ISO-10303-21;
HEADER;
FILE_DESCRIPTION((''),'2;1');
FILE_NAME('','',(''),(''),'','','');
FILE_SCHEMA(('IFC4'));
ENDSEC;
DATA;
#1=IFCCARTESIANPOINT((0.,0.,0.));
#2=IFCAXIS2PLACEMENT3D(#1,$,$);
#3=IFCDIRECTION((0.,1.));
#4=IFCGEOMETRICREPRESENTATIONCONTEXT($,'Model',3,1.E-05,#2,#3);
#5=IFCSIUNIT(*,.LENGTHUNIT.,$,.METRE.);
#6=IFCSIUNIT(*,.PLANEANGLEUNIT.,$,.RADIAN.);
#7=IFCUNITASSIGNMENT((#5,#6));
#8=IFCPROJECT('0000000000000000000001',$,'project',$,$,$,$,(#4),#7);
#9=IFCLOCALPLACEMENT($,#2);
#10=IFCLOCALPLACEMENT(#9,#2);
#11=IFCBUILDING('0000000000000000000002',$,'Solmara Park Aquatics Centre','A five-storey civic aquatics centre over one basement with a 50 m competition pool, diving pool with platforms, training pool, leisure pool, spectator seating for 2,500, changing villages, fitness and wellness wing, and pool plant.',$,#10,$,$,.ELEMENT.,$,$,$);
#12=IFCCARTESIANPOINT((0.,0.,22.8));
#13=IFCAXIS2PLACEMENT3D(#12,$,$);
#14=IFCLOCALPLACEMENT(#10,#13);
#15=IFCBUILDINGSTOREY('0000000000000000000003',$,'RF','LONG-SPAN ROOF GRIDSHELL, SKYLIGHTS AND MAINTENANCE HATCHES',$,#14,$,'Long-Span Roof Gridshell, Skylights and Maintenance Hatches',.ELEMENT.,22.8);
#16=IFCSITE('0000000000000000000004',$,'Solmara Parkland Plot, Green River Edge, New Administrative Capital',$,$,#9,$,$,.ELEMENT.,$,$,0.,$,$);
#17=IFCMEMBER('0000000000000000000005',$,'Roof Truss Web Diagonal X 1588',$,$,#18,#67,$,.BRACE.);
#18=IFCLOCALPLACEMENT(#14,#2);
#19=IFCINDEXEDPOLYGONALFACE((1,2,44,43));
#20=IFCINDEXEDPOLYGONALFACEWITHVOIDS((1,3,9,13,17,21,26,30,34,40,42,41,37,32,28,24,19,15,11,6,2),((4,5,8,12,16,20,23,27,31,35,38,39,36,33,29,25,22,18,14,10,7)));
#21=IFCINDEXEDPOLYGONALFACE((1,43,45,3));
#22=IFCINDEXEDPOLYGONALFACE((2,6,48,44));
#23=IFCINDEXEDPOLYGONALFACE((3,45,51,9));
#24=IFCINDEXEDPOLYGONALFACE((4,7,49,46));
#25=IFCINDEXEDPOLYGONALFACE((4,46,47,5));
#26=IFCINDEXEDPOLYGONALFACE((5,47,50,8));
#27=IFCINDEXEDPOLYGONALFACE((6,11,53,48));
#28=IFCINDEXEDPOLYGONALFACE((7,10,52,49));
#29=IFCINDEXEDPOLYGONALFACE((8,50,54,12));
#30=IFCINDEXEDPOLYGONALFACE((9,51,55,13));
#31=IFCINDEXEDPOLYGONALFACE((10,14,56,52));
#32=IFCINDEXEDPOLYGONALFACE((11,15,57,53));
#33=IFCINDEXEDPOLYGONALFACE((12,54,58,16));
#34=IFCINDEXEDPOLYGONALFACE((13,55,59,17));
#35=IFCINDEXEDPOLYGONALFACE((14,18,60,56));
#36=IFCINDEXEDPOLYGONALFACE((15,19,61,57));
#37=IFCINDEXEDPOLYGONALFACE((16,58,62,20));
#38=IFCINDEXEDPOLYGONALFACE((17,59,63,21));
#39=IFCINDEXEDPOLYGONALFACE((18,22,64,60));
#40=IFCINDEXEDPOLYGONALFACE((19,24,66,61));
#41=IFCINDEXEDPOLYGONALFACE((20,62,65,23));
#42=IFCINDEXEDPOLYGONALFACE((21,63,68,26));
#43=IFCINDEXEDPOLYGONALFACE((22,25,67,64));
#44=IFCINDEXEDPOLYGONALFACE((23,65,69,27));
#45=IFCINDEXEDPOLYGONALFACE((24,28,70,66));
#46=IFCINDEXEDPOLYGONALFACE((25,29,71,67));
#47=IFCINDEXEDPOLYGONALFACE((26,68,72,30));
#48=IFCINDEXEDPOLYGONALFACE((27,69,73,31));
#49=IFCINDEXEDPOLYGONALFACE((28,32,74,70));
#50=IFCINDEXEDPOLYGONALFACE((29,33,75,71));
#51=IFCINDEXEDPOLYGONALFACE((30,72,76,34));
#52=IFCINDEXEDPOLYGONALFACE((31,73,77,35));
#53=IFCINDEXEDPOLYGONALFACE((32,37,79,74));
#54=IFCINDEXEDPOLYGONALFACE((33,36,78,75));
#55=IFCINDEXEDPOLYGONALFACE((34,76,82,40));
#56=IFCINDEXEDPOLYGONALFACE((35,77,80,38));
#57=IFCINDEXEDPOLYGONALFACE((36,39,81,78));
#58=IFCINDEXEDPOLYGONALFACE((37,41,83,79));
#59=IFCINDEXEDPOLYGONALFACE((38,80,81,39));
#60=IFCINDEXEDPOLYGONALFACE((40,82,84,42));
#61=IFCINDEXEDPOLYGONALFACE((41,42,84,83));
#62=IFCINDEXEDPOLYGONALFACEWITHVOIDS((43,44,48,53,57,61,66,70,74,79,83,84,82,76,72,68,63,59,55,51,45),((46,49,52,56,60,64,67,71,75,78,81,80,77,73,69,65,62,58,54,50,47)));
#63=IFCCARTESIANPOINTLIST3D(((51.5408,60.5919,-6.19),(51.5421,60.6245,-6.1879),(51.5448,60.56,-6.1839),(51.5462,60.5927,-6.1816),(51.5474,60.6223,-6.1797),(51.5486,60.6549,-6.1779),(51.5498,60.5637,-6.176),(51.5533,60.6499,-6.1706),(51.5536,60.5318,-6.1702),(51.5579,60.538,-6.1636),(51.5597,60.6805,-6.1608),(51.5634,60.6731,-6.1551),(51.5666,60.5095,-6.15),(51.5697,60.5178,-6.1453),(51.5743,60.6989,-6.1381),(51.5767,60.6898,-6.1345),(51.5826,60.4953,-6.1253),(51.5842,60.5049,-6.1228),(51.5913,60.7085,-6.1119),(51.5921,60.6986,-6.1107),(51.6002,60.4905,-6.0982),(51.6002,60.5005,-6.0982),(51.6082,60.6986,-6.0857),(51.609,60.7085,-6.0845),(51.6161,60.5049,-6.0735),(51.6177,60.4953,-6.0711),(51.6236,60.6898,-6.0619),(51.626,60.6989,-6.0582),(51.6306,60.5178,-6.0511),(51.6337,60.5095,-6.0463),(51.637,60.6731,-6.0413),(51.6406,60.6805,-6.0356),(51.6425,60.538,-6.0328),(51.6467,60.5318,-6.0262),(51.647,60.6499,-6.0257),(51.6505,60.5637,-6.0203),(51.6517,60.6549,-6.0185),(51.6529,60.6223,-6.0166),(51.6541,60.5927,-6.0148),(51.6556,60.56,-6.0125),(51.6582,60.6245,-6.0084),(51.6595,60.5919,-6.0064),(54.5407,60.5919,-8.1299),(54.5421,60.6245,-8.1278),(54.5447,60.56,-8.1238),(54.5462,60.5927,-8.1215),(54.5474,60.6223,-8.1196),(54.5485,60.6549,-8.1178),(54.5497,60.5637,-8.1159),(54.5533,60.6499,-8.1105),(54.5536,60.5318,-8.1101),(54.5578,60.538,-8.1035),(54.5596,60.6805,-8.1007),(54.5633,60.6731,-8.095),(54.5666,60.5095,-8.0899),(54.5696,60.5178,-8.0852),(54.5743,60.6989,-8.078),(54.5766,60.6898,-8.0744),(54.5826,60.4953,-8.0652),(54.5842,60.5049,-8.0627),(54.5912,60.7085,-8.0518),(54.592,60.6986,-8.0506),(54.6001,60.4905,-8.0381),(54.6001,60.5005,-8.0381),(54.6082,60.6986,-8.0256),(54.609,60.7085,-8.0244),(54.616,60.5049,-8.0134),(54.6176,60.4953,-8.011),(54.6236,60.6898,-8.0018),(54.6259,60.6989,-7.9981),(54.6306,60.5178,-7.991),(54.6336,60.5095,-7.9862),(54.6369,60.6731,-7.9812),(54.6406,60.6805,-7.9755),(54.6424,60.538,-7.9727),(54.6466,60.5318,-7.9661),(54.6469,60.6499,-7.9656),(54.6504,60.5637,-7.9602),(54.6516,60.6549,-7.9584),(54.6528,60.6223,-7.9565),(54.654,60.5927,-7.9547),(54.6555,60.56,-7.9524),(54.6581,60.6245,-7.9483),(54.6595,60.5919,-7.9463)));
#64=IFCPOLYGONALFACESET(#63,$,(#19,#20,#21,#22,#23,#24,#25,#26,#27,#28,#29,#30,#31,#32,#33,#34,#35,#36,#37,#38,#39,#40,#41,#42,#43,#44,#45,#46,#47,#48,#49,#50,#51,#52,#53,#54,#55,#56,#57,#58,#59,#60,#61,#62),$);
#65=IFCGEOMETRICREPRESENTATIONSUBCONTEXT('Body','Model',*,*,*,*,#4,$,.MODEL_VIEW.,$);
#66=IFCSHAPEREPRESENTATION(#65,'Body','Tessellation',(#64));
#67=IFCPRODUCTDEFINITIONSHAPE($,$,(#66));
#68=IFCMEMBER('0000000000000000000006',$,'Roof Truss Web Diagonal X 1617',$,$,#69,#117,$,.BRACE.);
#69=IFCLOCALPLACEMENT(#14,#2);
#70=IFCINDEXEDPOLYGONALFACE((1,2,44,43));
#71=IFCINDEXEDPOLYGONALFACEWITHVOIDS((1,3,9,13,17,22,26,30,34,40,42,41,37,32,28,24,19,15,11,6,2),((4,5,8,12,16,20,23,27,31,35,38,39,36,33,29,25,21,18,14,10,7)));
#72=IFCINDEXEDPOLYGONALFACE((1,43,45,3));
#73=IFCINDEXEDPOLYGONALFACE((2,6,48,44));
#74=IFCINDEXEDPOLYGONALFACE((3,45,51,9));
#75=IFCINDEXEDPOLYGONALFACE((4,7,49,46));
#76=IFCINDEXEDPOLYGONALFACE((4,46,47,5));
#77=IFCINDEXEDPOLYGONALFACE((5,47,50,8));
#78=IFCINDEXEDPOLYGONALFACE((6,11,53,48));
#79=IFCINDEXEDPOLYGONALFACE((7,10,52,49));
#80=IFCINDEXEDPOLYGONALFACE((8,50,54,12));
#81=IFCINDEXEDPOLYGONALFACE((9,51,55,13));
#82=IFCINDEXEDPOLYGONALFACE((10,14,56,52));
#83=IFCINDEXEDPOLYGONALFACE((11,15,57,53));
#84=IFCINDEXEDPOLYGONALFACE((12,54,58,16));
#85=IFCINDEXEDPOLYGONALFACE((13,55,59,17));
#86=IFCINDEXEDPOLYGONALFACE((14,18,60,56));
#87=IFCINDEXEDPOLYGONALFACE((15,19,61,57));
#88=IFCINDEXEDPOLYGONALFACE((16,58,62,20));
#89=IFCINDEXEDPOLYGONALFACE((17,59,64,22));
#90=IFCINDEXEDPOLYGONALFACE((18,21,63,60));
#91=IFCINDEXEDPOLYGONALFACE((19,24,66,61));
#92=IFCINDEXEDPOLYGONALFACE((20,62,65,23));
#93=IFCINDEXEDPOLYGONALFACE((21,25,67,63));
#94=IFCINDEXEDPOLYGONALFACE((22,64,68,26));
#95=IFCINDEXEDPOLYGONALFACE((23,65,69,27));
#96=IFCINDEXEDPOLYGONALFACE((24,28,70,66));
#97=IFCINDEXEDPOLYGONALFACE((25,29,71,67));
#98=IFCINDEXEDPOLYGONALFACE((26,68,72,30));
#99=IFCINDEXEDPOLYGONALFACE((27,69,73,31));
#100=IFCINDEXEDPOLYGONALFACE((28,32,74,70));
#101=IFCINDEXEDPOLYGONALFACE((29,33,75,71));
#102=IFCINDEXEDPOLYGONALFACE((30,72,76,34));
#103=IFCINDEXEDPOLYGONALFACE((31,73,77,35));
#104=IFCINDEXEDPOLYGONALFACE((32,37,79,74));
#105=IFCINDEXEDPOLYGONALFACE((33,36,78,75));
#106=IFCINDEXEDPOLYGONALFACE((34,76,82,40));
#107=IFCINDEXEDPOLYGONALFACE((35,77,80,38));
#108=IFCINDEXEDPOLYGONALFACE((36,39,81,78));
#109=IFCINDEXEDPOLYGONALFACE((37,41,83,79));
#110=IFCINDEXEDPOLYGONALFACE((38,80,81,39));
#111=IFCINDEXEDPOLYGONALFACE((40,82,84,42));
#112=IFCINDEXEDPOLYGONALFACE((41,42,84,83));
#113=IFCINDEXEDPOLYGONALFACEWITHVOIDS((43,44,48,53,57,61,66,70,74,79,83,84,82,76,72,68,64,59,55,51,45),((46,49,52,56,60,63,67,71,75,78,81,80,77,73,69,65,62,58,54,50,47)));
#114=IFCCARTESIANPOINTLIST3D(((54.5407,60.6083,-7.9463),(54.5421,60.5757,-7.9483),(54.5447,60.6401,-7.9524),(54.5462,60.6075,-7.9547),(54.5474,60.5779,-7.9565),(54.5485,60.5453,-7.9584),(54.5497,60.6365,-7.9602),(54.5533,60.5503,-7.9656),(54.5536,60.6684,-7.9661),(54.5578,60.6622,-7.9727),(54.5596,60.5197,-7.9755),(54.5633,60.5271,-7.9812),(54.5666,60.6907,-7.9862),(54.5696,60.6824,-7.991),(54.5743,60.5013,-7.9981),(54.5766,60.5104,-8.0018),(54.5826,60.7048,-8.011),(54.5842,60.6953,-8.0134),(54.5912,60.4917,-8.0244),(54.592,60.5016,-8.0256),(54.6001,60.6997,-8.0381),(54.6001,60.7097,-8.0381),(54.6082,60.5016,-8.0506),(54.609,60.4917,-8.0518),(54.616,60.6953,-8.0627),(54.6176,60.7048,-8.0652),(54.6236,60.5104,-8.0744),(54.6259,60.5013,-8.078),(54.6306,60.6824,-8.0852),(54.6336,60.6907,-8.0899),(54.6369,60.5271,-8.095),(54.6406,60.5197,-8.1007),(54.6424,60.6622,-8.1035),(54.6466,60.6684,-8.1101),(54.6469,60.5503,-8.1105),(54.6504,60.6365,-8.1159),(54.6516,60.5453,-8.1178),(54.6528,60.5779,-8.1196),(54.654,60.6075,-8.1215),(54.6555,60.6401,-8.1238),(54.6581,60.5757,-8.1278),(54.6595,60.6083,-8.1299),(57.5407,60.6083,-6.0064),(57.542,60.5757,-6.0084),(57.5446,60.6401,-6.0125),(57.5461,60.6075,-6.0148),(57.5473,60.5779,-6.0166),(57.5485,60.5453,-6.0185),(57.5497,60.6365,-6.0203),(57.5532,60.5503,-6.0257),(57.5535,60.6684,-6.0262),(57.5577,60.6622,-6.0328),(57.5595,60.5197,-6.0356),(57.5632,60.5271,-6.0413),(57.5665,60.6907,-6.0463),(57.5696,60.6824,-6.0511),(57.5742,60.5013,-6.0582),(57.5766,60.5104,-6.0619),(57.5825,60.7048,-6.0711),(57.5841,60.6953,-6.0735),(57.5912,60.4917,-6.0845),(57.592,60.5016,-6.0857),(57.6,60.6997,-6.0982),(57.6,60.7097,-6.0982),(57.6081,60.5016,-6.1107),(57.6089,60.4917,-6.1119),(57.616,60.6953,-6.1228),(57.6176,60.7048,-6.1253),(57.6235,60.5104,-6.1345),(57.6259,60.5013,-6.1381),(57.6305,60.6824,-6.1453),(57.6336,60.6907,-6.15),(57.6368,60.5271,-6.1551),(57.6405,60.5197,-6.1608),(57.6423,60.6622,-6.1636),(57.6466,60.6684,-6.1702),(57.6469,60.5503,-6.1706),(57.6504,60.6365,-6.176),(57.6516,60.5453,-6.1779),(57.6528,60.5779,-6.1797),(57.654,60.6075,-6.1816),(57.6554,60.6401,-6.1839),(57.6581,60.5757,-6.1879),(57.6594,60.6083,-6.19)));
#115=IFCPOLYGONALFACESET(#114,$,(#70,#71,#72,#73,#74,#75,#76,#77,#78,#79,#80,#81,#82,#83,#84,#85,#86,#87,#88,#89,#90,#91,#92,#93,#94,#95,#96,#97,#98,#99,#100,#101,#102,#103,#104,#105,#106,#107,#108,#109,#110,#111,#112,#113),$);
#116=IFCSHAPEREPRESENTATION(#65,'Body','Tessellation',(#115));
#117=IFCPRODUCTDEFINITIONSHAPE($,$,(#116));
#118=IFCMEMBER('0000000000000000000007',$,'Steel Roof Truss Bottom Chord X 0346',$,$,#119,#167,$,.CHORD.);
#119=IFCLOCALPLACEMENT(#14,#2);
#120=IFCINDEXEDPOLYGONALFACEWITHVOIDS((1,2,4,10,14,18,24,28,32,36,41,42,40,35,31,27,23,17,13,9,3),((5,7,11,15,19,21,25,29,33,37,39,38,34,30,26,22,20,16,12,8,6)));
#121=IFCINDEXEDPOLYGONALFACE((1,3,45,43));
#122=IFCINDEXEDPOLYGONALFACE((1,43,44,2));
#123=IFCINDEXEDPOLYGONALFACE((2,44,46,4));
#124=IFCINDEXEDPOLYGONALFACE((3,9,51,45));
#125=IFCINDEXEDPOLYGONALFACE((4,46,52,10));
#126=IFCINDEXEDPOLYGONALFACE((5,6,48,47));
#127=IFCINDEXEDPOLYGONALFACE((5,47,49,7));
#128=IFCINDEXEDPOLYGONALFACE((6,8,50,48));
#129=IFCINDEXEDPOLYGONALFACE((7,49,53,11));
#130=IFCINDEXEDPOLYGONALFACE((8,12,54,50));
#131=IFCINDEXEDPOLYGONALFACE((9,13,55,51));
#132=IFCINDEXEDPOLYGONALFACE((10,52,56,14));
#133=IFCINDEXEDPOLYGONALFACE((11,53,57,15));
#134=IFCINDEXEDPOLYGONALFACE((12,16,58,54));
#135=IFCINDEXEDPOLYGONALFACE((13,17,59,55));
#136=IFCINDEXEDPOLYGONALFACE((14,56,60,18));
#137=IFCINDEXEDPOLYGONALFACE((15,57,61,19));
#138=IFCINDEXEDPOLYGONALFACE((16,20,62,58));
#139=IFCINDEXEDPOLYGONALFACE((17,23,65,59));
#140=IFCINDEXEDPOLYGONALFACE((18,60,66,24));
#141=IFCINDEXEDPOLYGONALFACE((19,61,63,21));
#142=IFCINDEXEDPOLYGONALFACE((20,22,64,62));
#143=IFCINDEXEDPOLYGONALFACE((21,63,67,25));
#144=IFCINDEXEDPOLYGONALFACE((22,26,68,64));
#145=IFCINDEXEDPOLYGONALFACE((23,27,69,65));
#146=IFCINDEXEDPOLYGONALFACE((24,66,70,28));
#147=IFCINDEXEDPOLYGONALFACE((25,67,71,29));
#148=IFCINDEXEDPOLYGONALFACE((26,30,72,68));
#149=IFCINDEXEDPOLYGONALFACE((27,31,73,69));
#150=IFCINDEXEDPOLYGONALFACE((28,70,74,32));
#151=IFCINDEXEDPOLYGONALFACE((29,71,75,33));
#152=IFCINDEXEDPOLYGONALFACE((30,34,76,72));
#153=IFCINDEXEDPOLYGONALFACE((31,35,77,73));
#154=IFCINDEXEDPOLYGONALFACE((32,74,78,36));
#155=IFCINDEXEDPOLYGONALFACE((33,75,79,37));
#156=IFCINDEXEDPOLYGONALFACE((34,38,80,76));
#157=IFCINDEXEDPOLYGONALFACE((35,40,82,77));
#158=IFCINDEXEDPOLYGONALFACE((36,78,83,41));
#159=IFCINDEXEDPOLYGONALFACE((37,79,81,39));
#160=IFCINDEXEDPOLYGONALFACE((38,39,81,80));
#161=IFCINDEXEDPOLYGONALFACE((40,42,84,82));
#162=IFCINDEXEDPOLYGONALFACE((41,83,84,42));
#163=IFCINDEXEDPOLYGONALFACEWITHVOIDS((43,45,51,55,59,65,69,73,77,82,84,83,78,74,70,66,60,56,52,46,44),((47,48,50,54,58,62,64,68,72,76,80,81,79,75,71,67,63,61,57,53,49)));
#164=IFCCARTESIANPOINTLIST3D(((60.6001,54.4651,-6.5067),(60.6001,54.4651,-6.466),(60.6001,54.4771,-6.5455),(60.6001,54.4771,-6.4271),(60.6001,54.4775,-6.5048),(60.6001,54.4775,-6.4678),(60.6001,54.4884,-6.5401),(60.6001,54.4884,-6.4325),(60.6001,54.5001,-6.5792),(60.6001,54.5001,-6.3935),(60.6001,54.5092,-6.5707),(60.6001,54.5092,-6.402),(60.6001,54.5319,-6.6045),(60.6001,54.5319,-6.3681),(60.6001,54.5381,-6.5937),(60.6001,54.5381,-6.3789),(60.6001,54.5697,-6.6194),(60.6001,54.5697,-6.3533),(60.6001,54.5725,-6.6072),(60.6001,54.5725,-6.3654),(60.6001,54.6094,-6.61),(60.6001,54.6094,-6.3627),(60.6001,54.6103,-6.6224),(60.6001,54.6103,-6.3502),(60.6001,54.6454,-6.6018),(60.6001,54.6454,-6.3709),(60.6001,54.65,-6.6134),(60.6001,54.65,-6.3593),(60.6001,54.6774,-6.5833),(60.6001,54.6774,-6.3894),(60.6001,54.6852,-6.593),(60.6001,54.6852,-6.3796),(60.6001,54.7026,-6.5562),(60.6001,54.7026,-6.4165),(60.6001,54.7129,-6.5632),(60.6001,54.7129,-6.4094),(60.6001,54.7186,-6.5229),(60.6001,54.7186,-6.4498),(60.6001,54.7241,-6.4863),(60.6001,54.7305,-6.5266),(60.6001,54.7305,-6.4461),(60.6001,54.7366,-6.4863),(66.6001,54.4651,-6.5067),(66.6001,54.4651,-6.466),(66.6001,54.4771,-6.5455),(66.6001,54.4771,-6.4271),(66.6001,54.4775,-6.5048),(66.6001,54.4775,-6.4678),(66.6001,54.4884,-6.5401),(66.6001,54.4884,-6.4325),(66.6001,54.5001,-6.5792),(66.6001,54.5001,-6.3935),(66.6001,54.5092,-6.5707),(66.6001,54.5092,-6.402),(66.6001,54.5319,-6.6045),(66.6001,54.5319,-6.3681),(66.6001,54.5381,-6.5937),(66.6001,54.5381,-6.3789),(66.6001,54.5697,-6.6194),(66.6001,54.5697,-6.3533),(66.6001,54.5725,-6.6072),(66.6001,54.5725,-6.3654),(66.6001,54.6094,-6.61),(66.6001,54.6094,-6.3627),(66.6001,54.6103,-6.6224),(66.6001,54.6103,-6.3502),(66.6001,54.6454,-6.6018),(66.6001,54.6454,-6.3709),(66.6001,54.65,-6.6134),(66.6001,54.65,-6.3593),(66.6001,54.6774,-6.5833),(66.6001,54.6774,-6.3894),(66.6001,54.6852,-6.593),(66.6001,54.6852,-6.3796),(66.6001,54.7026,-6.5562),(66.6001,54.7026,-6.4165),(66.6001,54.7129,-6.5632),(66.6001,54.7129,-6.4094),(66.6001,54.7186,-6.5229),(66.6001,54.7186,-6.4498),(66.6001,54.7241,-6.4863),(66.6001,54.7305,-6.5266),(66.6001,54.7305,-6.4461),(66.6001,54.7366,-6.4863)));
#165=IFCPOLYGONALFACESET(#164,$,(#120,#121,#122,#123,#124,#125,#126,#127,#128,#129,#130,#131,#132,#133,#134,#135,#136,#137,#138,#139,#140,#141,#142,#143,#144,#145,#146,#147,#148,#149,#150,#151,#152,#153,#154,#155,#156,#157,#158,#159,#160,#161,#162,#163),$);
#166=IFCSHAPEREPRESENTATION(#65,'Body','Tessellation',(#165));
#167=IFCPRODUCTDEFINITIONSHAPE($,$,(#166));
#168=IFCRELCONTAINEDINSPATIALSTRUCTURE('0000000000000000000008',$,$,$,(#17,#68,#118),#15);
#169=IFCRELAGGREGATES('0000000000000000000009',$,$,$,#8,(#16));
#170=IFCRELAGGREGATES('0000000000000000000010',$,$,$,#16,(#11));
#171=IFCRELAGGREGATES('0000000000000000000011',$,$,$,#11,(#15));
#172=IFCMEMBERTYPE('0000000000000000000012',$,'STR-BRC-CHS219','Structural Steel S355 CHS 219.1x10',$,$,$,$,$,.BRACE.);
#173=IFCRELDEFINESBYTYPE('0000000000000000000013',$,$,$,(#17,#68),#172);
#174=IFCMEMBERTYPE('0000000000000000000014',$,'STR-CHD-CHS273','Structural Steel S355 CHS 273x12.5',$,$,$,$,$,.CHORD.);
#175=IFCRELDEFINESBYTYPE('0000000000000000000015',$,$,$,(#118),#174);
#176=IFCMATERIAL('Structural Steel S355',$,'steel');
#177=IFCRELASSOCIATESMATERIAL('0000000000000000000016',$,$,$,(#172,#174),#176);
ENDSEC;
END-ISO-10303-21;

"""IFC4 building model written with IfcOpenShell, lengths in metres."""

from ifc_helpers import new_model, si_unit, direction, frame, origin, origin_2d, place, context, subcontext, project, spatial, hollow_circle, extrude, material, material_profile, profile_set, type_object, element, save


model = new_model("IFC4")

# Units and contexts
model_context = context("Model", 3, precision=1e-05, world=origin(), true_north=direction((0.0, 1.0)))
body_context = subcontext(model_context, "Body", "Model", "MODEL_VIEW")
ifc_project = project(units=[si_unit("LENGTHUNIT", "METRE"), si_unit("PLANEANGLEUNIT", "RADIAN")], contexts=[model_context])

# Site, building, storey
site_placement = place(None, origin())
site = spatial("IfcSite", under=ifc_project, at=site_placement, Name="Solmara Parkland Plot, Green River Edge, New Administrative Capital", CompositionType="ELEMENT", RefElevation=0.0)
building_placement = place(site_placement, origin())
building = spatial("IfcBuilding", under=site, at=building_placement, Name="Solmara Park Aquatics Centre", Description="A five-storey civic aquatics centre over one basement with a 50 m competition pool, diving pool with platforms, training pool, leisure pool, spectator seating for 2,500, changing villages, fitness and wellness wing, and pool plant.", CompositionType="ELEMENT")
storey_placement = place(building_placement, frame((0.0, 0.0, 22.8)))
storey = spatial("IfcBuildingStorey", under=building, at=storey_placement, Name="RF", Description="LONG-SPAN ROOF GRIDSHELL, SKYLIGHTS AND MAINTENANCE HATCHES", LongName="Long-Span Roof Gridshell, Skylights and Maintenance Hatches", CompositionType="ELEMENT", Elevation=22.8)

# Members
ifc_material_1 = material(Name="Structural Steel S355", Category="steel")
ifc_material_profile_1 = material_profile(ifc_material_1, hollow_circle(Radius=0.1096, WallThickness=0.01, at=origin_2d()), Name="CHS 219.1x10")
ifc_profile_set_1 = profile_set([ifc_material_profile_1], Name="Structural Steel S355")
member_type_1 = type_object("IfcMemberType", Name="STR-BRC-CHS219", Description="Structural Steel S355 CHS 219.1x10", PredefinedType="BRACE", material=ifc_profile_set_1)
for number, where, z_axis, x_axis, name in (
    (1, (54.6001, 60.6001, -8.0381), (-0.839728, 0.0, 0.543008), (0.0, -1.0, 0.0), "Roof Truss Web Diagonal X 1588"),
    (2, (54.6001, 60.6001, -8.0381), (0.839728, 0.0, 0.543008), (0.0, 1.0, 0.0), "Roof Truss Web Diagonal X 1617"),
):
    element("IfcMember", number, at=place(storey_placement, frame(where, z_axis=z_axis, x_axis=x_axis)), inside=storey, type_object=member_type_1, Name=name, PredefinedType="BRACE", context=body_context, shape_type="SweptSolid", body=[
        extrude(hollow_circle(Radius=0.1096, WallThickness=0.01, at=origin_2d()), origin(), (0.0, 0.0, 1.0), 3.5725),
    ])
ifc_material_profile_2 = material_profile(ifc_material_1, hollow_circle(Radius=0.1365, WallThickness=0.0125, at=origin_2d()), Name="CHS 273x12.5")
ifc_profile_set_2 = profile_set([ifc_material_profile_2], Name="Structural Steel S355")
member_type_2 = type_object("IfcMemberType", Name="STR-CHD-CHS273", Description="Structural Steel S355 CHS 273x12.5", PredefinedType="CHORD", material=ifc_profile_set_2)
member_1_placement = place(storey_placement, frame((60.6001, 54.6001, -6.4863), z_axis=(1.0, 0.0, 0.0), x_axis=(0.0, 1.0, 0.0)))
element("IfcMember", 3, at=member_1_placement, inside=storey, type_object=member_type_2, Name="Steel Roof Truss Bottom Chord X 0346", PredefinedType="CHORD", context=body_context, shape_type="SweptSolid", body=[
    extrude(hollow_circle(Radius=0.1365, WallThickness=0.0125, at=origin_2d()), origin(), (0.0, 0.0, 1.0), 6.0),
])

save(model, "model.ifc")
